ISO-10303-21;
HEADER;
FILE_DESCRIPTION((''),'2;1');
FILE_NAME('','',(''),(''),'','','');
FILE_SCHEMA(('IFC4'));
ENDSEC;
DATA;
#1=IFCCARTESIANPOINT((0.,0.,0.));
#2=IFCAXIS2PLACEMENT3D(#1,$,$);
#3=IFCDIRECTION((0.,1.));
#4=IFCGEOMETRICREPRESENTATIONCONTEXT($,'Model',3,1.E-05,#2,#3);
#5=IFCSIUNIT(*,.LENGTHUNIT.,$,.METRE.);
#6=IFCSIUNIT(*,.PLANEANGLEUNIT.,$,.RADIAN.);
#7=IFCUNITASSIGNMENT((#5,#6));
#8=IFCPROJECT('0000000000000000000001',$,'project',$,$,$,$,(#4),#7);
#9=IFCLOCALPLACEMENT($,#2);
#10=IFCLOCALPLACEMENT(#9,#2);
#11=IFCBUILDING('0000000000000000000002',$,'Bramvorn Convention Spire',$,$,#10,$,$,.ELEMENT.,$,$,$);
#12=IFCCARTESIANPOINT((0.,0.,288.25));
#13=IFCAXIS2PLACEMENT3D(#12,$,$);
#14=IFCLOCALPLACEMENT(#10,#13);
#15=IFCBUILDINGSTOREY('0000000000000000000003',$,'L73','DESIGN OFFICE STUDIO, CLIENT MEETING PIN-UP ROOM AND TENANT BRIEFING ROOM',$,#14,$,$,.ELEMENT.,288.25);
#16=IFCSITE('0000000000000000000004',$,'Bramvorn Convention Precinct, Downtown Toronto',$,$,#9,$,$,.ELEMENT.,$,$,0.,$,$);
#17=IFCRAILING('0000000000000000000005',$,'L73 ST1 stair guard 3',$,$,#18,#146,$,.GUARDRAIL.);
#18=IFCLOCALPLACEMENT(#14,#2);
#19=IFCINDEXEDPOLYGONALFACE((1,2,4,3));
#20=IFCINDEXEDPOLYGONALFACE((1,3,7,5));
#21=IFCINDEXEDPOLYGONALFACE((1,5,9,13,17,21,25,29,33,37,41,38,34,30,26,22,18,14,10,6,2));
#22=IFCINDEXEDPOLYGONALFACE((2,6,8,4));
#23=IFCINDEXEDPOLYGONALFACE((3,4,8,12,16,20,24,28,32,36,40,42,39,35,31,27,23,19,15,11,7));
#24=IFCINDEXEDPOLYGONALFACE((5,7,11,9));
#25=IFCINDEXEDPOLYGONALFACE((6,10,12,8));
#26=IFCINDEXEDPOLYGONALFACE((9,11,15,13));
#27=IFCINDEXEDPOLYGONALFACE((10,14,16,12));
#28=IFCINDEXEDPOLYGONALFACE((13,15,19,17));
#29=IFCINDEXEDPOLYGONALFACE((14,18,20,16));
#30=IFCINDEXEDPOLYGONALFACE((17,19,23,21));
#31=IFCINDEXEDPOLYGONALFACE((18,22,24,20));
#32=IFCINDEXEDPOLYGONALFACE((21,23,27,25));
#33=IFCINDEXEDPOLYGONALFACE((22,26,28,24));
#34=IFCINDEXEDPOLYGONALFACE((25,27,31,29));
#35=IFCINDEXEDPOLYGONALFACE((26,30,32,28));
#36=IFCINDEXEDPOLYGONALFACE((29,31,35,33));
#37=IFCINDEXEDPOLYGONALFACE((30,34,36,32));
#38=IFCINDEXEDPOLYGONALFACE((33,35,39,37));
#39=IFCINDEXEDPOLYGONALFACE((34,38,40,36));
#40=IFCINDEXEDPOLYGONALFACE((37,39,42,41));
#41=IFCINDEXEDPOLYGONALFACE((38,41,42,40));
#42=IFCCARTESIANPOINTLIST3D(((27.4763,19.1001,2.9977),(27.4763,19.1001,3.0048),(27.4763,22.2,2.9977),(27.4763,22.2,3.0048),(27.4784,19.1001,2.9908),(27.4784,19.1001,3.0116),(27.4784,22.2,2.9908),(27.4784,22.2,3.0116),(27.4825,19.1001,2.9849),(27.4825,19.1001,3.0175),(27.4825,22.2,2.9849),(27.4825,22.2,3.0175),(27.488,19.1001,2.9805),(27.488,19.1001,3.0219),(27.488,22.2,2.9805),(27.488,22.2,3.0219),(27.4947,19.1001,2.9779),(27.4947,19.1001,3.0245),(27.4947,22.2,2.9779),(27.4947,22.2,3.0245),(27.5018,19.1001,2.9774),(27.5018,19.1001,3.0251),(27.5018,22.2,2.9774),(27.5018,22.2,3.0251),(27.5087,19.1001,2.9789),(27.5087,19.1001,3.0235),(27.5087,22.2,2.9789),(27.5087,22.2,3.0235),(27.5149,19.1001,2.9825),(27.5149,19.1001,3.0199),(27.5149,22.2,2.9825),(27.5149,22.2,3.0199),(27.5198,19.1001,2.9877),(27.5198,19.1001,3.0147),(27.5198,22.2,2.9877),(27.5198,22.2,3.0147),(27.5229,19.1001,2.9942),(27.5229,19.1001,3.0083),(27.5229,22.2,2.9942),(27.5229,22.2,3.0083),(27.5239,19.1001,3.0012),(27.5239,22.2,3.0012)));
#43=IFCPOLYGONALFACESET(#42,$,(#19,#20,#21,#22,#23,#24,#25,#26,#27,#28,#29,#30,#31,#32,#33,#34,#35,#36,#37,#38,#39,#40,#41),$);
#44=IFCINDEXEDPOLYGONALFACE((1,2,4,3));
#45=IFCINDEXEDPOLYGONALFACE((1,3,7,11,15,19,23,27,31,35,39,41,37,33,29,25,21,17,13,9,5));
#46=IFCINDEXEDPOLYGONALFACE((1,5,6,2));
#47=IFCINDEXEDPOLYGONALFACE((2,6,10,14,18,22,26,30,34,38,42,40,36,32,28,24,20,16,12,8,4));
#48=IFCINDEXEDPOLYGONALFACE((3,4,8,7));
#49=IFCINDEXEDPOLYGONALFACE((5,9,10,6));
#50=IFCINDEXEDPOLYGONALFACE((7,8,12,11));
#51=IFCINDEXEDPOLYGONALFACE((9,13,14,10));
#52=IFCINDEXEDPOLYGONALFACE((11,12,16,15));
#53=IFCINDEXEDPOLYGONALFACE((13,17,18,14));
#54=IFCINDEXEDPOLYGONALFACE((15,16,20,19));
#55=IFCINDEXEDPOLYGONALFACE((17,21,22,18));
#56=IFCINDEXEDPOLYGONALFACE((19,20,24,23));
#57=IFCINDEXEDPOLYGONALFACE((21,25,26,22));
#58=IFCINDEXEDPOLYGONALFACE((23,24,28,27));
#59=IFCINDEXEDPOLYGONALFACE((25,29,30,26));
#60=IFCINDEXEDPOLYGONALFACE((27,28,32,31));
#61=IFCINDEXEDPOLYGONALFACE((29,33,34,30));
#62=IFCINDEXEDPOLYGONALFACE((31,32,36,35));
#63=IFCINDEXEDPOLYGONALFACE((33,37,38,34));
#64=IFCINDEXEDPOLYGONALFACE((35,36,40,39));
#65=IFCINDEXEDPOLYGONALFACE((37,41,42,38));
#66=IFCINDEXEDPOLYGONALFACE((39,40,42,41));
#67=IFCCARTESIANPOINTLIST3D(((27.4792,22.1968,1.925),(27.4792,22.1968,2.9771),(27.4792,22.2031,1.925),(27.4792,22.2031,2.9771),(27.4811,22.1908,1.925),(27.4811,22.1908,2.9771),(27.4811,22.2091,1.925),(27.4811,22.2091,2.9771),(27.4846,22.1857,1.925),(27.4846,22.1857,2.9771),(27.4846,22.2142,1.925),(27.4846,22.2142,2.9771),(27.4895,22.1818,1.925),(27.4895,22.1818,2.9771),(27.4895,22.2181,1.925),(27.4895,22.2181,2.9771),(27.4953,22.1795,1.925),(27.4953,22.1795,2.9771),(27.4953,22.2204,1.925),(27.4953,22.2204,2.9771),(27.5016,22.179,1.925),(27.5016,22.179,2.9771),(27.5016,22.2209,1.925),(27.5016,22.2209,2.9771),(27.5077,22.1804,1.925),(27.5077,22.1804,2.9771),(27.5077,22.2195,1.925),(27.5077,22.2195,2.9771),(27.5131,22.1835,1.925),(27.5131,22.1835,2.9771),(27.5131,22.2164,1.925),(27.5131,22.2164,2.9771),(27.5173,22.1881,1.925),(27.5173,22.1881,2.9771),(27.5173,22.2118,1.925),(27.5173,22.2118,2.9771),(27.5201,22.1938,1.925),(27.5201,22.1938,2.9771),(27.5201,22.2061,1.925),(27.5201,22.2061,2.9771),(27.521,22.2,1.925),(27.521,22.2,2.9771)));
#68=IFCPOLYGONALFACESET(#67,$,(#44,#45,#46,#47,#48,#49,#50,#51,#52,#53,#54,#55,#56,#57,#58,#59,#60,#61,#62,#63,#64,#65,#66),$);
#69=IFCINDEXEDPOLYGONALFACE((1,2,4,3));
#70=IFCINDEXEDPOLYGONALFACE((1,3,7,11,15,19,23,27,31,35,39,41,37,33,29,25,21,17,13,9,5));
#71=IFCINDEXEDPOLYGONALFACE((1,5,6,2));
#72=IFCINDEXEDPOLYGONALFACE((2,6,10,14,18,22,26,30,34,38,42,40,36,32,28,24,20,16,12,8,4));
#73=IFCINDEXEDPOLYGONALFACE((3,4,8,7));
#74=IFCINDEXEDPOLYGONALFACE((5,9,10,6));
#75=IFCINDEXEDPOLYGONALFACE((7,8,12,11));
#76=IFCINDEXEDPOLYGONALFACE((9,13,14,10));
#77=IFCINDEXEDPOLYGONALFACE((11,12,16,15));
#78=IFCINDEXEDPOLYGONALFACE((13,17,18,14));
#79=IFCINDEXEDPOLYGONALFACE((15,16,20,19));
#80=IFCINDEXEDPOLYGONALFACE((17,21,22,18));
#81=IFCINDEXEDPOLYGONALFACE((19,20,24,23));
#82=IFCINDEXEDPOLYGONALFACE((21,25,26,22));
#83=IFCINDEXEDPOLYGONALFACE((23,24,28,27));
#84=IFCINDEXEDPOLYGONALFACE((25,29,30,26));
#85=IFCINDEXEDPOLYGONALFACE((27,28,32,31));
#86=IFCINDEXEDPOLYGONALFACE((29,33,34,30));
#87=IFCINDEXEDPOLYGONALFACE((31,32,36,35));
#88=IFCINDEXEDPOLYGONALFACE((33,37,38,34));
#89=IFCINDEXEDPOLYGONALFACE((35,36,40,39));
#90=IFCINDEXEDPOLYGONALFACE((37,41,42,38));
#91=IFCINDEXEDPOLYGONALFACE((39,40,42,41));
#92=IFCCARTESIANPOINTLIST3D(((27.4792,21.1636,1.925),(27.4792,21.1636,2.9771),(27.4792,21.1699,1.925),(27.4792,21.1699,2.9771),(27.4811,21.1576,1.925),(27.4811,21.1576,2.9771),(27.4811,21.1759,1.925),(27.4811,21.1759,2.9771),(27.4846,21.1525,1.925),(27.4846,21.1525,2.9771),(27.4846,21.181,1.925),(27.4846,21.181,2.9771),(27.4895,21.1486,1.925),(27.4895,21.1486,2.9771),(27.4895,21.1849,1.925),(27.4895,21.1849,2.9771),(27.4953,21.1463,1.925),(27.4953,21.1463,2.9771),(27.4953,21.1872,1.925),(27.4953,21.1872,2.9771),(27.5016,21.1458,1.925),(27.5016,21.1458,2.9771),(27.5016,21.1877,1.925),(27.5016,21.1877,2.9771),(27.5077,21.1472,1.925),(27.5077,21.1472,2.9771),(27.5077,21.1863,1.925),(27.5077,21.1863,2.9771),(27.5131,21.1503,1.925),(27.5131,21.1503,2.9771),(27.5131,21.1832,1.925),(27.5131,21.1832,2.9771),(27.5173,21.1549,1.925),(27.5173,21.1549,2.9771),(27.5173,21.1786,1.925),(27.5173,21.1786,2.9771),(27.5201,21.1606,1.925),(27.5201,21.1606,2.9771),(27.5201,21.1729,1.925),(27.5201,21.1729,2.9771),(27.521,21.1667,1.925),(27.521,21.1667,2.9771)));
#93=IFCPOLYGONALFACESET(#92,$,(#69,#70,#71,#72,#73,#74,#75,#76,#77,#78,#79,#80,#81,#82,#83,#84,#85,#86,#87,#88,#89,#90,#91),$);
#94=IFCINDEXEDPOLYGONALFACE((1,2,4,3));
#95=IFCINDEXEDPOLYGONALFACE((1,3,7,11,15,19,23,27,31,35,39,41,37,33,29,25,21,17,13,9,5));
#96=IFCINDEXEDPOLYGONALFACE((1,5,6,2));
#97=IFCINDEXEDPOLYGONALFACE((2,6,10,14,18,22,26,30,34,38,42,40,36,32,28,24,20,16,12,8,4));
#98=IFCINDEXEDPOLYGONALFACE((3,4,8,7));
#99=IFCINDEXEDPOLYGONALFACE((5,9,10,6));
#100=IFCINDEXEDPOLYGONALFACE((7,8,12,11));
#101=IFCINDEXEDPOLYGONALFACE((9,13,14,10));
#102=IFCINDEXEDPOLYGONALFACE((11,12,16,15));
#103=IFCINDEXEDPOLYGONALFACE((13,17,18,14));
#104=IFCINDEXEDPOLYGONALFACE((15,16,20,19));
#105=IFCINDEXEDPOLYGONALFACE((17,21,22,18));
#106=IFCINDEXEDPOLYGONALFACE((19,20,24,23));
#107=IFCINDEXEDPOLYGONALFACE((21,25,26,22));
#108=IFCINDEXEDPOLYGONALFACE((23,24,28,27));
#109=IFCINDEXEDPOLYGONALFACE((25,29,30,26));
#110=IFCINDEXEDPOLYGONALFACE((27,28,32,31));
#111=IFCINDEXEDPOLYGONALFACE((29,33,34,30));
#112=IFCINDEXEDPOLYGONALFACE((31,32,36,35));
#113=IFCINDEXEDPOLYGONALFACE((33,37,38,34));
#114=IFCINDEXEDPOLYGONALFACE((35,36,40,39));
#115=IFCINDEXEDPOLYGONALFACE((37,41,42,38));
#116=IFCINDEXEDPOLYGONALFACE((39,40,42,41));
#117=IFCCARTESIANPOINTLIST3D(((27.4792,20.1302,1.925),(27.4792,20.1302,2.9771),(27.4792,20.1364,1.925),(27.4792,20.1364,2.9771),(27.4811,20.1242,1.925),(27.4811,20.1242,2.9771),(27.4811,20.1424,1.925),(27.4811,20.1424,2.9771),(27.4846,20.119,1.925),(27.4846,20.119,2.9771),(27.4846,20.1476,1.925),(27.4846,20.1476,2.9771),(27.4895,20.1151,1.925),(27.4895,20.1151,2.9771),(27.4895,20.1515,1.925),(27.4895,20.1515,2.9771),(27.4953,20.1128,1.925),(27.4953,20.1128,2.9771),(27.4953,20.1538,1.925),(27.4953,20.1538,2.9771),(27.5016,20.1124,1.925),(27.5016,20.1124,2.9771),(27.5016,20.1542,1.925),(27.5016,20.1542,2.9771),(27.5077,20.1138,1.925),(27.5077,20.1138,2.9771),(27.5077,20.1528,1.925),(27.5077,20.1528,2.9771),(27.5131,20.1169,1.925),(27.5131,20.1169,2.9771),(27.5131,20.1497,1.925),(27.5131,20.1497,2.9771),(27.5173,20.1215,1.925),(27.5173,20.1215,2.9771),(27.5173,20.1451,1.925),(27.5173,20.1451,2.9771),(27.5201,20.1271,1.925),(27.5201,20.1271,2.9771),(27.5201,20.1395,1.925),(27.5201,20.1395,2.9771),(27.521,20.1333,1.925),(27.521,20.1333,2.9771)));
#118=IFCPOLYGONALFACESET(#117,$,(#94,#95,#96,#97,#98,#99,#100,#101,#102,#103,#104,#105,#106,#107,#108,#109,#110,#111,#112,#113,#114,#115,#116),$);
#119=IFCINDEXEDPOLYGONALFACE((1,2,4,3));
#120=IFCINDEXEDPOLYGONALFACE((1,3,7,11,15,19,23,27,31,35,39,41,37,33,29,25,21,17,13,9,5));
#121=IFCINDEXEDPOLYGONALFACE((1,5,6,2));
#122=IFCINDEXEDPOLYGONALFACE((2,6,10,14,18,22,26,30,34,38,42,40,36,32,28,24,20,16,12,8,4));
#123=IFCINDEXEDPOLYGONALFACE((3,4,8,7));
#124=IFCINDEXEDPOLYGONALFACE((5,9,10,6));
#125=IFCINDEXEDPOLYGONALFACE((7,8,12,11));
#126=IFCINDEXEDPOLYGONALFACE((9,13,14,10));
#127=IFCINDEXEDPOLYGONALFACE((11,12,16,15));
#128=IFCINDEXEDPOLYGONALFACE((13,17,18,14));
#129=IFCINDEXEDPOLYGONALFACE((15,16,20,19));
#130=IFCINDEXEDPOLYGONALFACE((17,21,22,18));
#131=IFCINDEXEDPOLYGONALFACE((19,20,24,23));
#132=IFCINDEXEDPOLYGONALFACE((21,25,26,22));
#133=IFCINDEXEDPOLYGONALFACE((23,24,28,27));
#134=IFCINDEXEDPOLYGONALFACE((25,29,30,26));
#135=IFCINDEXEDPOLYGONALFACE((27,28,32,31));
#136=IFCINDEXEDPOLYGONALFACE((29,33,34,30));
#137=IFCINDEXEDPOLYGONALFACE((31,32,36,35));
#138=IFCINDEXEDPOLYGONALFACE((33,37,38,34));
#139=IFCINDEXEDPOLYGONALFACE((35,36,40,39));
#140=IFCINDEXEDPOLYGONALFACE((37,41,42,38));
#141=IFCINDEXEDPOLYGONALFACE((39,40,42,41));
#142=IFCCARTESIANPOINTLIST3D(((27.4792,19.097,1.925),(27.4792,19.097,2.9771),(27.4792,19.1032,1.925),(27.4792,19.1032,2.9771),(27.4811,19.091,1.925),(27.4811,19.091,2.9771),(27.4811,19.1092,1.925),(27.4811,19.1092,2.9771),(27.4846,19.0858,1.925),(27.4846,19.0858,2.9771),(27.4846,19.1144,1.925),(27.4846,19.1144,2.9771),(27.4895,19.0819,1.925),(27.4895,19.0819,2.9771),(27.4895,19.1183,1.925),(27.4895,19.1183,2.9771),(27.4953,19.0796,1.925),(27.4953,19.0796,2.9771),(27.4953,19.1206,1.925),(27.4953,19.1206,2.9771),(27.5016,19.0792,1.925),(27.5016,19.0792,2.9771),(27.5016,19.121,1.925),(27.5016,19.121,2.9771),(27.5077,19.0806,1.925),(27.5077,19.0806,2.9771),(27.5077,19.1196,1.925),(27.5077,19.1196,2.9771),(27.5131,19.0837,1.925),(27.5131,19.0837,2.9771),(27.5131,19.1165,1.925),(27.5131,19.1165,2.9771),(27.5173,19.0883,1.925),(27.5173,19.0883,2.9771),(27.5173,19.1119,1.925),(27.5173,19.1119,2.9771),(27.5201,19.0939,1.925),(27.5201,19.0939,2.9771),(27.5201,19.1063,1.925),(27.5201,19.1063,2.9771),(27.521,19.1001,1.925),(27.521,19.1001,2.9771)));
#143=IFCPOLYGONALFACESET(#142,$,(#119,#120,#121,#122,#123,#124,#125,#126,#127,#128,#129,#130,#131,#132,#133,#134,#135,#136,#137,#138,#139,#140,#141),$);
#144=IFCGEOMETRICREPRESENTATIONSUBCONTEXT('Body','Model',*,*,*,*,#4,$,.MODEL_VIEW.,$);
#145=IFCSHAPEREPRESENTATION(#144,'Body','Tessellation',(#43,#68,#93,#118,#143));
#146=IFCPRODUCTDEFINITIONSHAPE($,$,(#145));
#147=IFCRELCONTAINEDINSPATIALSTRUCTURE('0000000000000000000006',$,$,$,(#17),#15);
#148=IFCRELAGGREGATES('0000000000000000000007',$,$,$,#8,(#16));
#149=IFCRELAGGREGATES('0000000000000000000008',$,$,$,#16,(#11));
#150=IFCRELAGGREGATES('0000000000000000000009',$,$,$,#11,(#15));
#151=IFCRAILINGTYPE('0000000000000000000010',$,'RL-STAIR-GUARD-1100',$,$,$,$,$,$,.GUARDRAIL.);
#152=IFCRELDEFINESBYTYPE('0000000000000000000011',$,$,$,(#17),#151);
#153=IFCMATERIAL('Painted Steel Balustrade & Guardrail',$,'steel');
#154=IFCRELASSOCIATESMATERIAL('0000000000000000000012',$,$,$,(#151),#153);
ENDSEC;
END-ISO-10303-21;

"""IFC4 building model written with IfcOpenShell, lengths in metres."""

from ifc_helpers import new_model, si_unit, direction, frame, origin, origin_2d, place, context, subcontext, project, spatial, circle, extrude, material, type_object, element, save


model = new_model("IFC4")

# Units and contexts
model_context = context("Model", 3, precision=1e-05, world=origin(), true_north=direction((0.0, 1.0)))
body_context = subcontext(model_context, "Body", "Model", "MODEL_VIEW")
ifc_project = project(units=[si_unit("LENGTHUNIT", "METRE"), si_unit("PLANEANGLEUNIT", "RADIAN")], contexts=[model_context])

# Site, building, storey
site_placement = place(None, origin())
site = spatial("IfcSite", under=ifc_project, at=site_placement, Name="Bramvorn Convention Precinct, Downtown Toronto", CompositionType="ELEMENT", RefElevation=0.0)
building_placement = place(site_placement, origin())
building = spatial("IfcBuilding", under=site, at=building_placement, Name="Bramvorn Convention Spire", CompositionType="ELEMENT")
storey_placement = place(building_placement, frame((0.0, 0.0, 288.25)))
storey = spatial("IfcBuildingStorey", under=building, at=storey_placement, Name="L73", Description="DESIGN OFFICE STUDIO, CLIENT MEETING PIN-UP ROOM AND TENANT BRIEFING ROOM", CompositionType="ELEMENT", Elevation=288.25)

# Railing
ifc_material_1 = material(Name="Painted Steel Balustrade & Guardrail", Category="steel")
railing_type_1 = type_object("IfcRailingType", Name="RL-STAIR-GUARD-1100", PredefinedType="GUARDRAIL", material=ifc_material_1)
for number, where, name in (
    (1, (27.5, 22.2, 1.925), "L73 ST1 stair guard 3"),
):
    element("IfcRailing", number, at=place(storey_placement, frame(where)), inside=storey, type_object=railing_type_1, Name=name, PredefinedType="GUARDRAIL", context=body_context, shape_type="SweptSolid", body=[
        extrude(circle(Radius=0.0239, at=origin_2d()), frame((0.0, 0.0, 1.0762), z_axis=(0.0, -1.0, 0.0), x_axis=(1.0, 0.0, 0.0)), (0.0, 0.0, 1.0), 3.0999),
        extrude(circle(Radius=0.021, at=origin_2d()), origin(), (0.0, 0.0, 1.0), 1.052),
        extrude(circle(Radius=0.021, at=origin_2d()), frame((0.0, -1.0332, 0.0)), (0.0, 0.0, 1.0), 1.052),
        extrude(circle(Radius=0.021, at=origin_2d()), frame((0.0, -2.0667, 0.0)), (0.0, 0.0, 1.0), 1.052),
        extrude(circle(Radius=0.021, at=origin_2d()), frame((0.0, -3.0999, 0.0)), (0.0, 0.0, 1.0), 1.052),
    ])

save(model, "model.ifc")
